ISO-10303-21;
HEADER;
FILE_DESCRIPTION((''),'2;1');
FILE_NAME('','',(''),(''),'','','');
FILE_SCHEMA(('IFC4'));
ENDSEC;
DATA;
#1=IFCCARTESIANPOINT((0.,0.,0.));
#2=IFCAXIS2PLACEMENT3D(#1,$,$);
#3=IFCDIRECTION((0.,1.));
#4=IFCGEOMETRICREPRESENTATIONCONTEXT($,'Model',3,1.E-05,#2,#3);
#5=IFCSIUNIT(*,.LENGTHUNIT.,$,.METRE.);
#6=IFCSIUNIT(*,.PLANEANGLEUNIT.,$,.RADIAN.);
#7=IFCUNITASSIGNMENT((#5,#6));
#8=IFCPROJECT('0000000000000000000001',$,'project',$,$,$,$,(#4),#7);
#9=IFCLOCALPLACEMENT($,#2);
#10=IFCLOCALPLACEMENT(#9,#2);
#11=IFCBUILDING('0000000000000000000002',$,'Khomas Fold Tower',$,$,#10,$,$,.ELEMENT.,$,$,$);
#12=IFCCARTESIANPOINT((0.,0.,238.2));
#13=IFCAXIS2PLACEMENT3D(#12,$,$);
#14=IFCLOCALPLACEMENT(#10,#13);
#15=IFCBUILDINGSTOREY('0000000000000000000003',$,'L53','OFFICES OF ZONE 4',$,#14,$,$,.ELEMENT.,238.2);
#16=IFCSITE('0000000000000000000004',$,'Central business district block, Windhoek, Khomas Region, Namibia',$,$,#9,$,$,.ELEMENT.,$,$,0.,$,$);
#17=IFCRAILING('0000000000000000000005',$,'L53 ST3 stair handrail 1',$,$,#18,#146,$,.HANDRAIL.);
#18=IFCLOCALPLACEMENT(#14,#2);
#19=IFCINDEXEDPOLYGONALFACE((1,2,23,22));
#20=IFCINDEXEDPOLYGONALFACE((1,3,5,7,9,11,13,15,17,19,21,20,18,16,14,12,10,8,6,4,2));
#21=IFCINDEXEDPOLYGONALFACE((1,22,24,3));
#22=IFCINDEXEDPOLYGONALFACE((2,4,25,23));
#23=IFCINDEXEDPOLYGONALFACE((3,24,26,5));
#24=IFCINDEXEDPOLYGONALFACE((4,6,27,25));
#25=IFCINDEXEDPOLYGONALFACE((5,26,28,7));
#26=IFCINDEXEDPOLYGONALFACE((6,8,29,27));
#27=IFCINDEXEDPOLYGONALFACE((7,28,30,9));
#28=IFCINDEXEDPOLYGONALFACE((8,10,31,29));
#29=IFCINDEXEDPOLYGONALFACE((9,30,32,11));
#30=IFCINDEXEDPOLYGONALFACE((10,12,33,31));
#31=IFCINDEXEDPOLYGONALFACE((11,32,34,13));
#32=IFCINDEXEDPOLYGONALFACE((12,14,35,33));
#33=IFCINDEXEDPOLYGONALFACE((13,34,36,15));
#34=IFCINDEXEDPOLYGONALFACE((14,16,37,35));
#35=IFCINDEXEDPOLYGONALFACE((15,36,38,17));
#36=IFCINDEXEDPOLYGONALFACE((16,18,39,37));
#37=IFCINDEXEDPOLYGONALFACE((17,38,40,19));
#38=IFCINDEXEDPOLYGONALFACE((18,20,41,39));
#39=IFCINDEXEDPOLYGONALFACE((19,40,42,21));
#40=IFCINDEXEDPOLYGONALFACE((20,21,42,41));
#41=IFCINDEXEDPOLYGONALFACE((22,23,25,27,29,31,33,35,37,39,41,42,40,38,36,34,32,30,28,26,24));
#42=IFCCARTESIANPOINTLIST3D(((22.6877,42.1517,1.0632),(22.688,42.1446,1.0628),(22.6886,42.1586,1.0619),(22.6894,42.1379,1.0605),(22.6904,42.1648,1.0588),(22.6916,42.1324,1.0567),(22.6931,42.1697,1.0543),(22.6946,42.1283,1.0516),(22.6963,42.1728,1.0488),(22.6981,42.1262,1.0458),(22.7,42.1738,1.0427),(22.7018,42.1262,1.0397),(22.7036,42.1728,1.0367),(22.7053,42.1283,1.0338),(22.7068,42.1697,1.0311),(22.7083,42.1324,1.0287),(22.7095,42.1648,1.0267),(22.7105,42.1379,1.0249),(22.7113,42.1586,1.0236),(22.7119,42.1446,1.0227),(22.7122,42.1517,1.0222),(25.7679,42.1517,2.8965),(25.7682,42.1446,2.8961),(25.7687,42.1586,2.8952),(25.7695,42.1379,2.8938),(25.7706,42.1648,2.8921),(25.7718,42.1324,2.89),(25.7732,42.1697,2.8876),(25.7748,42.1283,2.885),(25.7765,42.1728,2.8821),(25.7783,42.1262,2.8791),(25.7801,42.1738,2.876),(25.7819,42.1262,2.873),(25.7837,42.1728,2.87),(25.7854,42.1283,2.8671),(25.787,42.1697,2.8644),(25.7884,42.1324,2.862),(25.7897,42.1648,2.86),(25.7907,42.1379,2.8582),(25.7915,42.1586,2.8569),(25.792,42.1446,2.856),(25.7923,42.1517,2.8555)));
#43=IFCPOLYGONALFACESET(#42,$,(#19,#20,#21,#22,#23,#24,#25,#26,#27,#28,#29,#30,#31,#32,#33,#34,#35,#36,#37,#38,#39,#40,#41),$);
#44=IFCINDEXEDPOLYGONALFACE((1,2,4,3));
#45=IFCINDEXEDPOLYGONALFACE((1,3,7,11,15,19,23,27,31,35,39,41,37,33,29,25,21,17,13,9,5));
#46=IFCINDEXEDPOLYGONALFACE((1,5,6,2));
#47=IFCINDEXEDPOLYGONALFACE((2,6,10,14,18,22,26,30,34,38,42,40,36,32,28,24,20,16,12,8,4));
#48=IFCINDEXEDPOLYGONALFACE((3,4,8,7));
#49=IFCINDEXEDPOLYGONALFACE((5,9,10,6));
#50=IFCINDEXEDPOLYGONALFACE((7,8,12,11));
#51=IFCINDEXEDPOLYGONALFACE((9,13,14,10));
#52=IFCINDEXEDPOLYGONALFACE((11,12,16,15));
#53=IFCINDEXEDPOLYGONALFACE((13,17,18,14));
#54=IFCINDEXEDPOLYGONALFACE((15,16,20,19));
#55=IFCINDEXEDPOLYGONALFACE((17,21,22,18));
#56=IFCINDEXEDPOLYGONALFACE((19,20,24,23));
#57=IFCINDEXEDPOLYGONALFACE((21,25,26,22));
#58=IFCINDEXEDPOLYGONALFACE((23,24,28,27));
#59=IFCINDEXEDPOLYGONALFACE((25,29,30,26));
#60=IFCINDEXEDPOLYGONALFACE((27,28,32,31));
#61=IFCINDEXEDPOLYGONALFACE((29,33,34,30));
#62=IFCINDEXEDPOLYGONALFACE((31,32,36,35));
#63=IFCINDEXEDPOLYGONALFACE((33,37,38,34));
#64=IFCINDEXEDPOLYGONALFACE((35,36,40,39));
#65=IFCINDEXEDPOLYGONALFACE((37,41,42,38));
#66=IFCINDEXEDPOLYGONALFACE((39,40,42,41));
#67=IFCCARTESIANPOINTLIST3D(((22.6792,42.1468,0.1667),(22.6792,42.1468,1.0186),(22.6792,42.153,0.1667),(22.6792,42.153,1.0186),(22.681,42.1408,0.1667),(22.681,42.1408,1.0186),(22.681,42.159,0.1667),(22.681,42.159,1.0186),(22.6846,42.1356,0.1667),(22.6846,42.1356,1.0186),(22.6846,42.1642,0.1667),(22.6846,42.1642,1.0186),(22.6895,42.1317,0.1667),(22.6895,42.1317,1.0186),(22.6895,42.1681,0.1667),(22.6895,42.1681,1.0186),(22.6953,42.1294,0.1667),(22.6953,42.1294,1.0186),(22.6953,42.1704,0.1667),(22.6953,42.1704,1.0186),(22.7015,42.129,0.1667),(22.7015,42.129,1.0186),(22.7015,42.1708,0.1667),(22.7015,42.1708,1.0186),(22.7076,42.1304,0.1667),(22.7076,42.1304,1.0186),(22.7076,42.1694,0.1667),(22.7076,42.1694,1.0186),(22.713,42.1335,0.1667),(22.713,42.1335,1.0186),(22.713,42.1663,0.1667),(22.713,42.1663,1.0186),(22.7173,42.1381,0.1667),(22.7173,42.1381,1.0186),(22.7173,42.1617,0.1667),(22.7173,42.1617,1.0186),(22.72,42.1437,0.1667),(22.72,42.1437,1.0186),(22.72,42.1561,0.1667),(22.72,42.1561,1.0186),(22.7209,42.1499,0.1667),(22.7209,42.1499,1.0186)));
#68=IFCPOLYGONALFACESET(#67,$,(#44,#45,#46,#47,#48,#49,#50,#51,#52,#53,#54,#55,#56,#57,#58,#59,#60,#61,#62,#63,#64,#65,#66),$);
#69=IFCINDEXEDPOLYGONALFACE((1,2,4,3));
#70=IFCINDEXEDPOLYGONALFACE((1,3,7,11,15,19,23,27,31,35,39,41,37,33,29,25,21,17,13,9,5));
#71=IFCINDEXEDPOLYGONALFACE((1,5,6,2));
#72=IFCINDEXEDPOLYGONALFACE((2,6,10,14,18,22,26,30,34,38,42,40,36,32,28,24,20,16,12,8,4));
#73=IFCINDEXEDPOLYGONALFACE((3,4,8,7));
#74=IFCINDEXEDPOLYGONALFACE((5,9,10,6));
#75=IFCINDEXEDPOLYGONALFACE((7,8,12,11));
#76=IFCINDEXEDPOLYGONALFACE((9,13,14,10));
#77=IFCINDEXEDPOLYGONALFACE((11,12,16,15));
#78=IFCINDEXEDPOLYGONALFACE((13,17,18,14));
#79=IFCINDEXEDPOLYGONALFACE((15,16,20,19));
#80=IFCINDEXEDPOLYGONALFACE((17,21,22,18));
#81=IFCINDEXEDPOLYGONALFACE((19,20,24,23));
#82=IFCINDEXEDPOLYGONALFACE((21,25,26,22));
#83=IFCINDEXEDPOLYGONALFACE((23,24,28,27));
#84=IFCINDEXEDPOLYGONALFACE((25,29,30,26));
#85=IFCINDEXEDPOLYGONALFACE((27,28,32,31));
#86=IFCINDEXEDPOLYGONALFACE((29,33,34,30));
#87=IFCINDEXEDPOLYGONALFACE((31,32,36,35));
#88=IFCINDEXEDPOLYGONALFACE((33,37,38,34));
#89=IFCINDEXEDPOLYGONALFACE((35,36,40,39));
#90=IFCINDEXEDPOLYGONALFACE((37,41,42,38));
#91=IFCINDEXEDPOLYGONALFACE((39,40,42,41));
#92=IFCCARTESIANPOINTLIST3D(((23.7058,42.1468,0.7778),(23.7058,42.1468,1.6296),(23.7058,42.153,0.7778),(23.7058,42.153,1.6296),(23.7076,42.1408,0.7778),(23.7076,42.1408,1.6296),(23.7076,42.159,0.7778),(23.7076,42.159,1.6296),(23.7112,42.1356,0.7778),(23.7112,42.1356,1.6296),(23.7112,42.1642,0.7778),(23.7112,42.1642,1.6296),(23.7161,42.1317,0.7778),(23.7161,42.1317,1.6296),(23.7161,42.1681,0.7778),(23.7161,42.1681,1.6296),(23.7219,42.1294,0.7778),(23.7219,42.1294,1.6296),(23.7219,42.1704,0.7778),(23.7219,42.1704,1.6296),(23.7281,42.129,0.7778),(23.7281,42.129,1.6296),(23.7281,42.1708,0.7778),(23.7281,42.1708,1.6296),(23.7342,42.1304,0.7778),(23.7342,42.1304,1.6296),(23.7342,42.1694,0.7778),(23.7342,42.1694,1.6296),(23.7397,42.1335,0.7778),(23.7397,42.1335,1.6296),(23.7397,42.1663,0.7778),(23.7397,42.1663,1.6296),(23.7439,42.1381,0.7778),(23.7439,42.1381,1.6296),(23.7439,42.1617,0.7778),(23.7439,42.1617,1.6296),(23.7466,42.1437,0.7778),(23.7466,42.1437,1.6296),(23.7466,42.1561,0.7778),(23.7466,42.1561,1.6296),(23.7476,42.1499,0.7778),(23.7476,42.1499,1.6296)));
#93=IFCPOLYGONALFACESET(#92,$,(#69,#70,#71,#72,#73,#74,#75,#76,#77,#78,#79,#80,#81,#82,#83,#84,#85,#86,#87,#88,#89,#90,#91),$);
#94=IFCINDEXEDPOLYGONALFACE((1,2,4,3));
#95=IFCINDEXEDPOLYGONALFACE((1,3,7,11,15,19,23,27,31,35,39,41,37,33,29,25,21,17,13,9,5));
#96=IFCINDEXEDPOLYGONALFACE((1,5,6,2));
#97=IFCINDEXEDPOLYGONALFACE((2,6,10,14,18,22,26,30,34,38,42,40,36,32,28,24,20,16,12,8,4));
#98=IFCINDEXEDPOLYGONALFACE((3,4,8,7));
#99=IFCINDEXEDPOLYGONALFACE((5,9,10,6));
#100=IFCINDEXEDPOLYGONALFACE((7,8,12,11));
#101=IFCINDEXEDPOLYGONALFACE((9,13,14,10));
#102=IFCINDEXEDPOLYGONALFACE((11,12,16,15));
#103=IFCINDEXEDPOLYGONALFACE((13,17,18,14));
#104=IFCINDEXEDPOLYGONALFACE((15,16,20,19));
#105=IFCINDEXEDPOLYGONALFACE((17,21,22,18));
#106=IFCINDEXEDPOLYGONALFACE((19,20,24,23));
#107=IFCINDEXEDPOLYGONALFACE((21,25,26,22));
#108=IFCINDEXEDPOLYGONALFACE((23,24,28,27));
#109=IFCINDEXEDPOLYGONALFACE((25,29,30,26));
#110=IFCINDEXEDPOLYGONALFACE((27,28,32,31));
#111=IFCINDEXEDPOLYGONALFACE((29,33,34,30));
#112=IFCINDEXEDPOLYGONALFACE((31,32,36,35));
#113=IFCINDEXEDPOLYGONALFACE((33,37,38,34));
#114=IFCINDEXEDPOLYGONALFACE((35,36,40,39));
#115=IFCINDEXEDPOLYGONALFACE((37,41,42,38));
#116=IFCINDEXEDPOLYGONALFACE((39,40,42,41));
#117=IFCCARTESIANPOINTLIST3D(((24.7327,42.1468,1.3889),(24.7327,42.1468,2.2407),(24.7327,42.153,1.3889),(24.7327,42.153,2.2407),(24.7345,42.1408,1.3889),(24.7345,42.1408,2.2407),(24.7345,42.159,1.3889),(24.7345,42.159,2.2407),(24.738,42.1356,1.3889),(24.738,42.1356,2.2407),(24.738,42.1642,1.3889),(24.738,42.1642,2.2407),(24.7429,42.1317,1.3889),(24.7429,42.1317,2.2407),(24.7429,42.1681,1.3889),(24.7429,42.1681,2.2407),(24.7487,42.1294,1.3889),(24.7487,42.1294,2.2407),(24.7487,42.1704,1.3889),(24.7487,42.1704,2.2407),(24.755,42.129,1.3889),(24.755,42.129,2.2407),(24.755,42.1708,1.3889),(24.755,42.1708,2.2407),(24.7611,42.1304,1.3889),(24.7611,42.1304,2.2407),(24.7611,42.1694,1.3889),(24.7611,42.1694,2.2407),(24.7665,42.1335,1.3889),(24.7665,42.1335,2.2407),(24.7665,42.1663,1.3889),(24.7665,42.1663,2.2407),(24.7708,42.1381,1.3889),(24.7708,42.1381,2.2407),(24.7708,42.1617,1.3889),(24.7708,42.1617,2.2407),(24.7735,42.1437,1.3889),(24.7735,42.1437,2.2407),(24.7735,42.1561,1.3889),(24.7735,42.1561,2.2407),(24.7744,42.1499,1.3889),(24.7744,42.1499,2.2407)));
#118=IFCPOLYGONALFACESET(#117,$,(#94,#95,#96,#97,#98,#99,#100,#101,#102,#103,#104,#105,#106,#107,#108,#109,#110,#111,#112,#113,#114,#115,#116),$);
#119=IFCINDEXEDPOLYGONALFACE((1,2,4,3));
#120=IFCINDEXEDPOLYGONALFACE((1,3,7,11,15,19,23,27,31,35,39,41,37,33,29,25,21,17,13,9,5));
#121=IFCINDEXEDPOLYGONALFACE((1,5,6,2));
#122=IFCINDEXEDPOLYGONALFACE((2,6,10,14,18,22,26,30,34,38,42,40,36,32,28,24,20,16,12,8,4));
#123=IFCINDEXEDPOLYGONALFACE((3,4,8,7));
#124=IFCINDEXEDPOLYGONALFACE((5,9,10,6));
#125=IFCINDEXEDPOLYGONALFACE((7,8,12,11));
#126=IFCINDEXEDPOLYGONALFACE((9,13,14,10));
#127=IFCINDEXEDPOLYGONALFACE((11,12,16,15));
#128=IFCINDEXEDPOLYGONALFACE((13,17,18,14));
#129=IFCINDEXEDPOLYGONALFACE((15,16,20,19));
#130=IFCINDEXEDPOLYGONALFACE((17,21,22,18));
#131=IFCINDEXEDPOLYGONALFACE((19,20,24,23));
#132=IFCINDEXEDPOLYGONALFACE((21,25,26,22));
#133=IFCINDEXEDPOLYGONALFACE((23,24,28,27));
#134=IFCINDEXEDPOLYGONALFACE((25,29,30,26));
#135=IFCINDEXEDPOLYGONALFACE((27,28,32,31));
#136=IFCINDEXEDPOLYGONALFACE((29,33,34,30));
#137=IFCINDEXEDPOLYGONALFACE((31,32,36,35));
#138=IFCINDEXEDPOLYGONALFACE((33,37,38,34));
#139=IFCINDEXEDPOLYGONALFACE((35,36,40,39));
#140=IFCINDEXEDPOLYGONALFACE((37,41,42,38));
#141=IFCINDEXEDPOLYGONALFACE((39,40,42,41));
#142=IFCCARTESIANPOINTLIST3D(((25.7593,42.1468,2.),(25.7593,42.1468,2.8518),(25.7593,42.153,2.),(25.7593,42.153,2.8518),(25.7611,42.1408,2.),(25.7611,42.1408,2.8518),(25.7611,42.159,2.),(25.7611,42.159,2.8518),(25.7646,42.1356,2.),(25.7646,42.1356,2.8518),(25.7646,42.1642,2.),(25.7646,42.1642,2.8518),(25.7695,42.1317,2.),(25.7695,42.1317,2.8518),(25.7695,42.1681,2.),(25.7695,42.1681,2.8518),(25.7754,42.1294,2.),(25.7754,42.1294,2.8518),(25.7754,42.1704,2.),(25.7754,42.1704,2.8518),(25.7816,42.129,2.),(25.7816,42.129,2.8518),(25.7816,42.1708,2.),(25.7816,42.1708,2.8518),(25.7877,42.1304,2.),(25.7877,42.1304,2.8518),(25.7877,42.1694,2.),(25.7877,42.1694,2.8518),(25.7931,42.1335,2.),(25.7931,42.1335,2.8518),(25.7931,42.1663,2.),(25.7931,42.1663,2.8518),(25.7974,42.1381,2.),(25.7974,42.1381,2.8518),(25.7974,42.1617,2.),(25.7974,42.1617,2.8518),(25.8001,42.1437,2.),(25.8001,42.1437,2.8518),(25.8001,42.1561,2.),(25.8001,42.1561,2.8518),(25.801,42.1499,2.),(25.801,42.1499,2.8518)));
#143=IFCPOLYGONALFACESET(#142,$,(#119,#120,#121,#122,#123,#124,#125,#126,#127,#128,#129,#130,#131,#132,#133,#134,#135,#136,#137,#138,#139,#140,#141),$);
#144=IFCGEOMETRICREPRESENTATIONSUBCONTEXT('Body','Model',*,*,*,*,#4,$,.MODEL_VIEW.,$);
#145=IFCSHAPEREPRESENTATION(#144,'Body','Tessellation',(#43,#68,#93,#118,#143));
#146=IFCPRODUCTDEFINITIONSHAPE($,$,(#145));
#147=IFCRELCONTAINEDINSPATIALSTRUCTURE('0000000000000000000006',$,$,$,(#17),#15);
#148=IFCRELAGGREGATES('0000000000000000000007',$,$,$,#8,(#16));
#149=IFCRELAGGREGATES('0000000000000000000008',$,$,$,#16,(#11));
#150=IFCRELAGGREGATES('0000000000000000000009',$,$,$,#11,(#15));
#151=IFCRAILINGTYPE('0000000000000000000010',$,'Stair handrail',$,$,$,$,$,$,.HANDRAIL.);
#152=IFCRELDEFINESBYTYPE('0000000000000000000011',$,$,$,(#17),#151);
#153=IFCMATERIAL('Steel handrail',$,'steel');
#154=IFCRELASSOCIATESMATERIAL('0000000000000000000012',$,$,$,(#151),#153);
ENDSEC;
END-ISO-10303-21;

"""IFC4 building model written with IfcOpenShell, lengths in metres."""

from ifc_helpers import new_model, si_unit, direction, frame, origin, origin_2d, place, context, subcontext, project, spatial, circle, extrude, source, transform, mapped, material, type_object, element, save


model = new_model("IFC4")

# Units and contexts
model_context = context("Model", 3, precision=1e-05, world=origin(), true_north=direction((0.0, 1.0)))
body_context = subcontext(model_context, "Body", "Model", "MODEL_VIEW")
ifc_project = project(units=[si_unit("LENGTHUNIT", "METRE"), si_unit("PLANEANGLEUNIT", "RADIAN")], contexts=[model_context])

# Site, building, storey
site_placement = place(None, origin())
site = spatial("IfcSite", under=ifc_project, at=site_placement, Name="Central business district block, Windhoek, Khomas Region, Namibia", CompositionType="ELEMENT", RefElevation=0.0)
building_placement = place(site_placement, origin())
building = spatial("IfcBuilding", under=site, at=building_placement, Name="Khomas Fold Tower", CompositionType="ELEMENT")
storey_placement = place(building_placement, frame((0.0, 0.0, 238.2)))
storey = spatial("IfcBuildingStorey", under=building, at=storey_placement, Name="L53", Description="OFFICES OF ZONE 4", CompositionType="ELEMENT", Elevation=238.2)

# Railing
ifc_material_1 = material(Name="Steel handrail", Category="steel")
railing_type_1 = type_object("IfcRailingType", Name="Stair handrail", PredefinedType="HANDRAIL", material=ifc_material_1)
shared_shape_1 = source(origin(), body_context, "Body", "SweptSolid", [
    extrude(circle(Radius=0.0239, at=origin_2d()), frame((0.0, 0.0, 0.876), z_axis=(0.859309, 0.0, 0.511458), x_axis=(0.0, 1.0, 0.0)), (0.0, 0.0, 1.0), 3.5845),
    extrude(circle(Radius=0.021, at=origin_2d()), origin(), (0.0, 0.0, 1.0), 0.8518),
    extrude(circle(Radius=0.021, at=origin_2d()), frame((1.0266, 0.0, 0.6111)), (0.0, 0.0, 1.0), 0.8518),
    extrude(circle(Radius=0.021, at=origin_2d()), frame((2.0535, 0.0, 1.2222)), (0.0, 0.0, 1.0), 0.8518),
    extrude(circle(Radius=0.021, at=origin_2d()), frame((3.0801, 0.0, 1.8333)), (0.0, 0.0, 1.0), 0.8518),
])
railing_1_placement = place(storey_placement, frame((22.7, 42.1499, 0.1667)))
element("IfcRailing", 1, at=railing_1_placement, inside=storey, type_object=railing_type_1, Name="L53 ST3 stair handrail 1", PredefinedType="HANDRAIL", context=body_context, shape_type="MappedRepresentation", body=[
    mapped(shared_shape_1, transform((0.0, 0.0, 0.0))),
])

save(model, "model.ifc")
